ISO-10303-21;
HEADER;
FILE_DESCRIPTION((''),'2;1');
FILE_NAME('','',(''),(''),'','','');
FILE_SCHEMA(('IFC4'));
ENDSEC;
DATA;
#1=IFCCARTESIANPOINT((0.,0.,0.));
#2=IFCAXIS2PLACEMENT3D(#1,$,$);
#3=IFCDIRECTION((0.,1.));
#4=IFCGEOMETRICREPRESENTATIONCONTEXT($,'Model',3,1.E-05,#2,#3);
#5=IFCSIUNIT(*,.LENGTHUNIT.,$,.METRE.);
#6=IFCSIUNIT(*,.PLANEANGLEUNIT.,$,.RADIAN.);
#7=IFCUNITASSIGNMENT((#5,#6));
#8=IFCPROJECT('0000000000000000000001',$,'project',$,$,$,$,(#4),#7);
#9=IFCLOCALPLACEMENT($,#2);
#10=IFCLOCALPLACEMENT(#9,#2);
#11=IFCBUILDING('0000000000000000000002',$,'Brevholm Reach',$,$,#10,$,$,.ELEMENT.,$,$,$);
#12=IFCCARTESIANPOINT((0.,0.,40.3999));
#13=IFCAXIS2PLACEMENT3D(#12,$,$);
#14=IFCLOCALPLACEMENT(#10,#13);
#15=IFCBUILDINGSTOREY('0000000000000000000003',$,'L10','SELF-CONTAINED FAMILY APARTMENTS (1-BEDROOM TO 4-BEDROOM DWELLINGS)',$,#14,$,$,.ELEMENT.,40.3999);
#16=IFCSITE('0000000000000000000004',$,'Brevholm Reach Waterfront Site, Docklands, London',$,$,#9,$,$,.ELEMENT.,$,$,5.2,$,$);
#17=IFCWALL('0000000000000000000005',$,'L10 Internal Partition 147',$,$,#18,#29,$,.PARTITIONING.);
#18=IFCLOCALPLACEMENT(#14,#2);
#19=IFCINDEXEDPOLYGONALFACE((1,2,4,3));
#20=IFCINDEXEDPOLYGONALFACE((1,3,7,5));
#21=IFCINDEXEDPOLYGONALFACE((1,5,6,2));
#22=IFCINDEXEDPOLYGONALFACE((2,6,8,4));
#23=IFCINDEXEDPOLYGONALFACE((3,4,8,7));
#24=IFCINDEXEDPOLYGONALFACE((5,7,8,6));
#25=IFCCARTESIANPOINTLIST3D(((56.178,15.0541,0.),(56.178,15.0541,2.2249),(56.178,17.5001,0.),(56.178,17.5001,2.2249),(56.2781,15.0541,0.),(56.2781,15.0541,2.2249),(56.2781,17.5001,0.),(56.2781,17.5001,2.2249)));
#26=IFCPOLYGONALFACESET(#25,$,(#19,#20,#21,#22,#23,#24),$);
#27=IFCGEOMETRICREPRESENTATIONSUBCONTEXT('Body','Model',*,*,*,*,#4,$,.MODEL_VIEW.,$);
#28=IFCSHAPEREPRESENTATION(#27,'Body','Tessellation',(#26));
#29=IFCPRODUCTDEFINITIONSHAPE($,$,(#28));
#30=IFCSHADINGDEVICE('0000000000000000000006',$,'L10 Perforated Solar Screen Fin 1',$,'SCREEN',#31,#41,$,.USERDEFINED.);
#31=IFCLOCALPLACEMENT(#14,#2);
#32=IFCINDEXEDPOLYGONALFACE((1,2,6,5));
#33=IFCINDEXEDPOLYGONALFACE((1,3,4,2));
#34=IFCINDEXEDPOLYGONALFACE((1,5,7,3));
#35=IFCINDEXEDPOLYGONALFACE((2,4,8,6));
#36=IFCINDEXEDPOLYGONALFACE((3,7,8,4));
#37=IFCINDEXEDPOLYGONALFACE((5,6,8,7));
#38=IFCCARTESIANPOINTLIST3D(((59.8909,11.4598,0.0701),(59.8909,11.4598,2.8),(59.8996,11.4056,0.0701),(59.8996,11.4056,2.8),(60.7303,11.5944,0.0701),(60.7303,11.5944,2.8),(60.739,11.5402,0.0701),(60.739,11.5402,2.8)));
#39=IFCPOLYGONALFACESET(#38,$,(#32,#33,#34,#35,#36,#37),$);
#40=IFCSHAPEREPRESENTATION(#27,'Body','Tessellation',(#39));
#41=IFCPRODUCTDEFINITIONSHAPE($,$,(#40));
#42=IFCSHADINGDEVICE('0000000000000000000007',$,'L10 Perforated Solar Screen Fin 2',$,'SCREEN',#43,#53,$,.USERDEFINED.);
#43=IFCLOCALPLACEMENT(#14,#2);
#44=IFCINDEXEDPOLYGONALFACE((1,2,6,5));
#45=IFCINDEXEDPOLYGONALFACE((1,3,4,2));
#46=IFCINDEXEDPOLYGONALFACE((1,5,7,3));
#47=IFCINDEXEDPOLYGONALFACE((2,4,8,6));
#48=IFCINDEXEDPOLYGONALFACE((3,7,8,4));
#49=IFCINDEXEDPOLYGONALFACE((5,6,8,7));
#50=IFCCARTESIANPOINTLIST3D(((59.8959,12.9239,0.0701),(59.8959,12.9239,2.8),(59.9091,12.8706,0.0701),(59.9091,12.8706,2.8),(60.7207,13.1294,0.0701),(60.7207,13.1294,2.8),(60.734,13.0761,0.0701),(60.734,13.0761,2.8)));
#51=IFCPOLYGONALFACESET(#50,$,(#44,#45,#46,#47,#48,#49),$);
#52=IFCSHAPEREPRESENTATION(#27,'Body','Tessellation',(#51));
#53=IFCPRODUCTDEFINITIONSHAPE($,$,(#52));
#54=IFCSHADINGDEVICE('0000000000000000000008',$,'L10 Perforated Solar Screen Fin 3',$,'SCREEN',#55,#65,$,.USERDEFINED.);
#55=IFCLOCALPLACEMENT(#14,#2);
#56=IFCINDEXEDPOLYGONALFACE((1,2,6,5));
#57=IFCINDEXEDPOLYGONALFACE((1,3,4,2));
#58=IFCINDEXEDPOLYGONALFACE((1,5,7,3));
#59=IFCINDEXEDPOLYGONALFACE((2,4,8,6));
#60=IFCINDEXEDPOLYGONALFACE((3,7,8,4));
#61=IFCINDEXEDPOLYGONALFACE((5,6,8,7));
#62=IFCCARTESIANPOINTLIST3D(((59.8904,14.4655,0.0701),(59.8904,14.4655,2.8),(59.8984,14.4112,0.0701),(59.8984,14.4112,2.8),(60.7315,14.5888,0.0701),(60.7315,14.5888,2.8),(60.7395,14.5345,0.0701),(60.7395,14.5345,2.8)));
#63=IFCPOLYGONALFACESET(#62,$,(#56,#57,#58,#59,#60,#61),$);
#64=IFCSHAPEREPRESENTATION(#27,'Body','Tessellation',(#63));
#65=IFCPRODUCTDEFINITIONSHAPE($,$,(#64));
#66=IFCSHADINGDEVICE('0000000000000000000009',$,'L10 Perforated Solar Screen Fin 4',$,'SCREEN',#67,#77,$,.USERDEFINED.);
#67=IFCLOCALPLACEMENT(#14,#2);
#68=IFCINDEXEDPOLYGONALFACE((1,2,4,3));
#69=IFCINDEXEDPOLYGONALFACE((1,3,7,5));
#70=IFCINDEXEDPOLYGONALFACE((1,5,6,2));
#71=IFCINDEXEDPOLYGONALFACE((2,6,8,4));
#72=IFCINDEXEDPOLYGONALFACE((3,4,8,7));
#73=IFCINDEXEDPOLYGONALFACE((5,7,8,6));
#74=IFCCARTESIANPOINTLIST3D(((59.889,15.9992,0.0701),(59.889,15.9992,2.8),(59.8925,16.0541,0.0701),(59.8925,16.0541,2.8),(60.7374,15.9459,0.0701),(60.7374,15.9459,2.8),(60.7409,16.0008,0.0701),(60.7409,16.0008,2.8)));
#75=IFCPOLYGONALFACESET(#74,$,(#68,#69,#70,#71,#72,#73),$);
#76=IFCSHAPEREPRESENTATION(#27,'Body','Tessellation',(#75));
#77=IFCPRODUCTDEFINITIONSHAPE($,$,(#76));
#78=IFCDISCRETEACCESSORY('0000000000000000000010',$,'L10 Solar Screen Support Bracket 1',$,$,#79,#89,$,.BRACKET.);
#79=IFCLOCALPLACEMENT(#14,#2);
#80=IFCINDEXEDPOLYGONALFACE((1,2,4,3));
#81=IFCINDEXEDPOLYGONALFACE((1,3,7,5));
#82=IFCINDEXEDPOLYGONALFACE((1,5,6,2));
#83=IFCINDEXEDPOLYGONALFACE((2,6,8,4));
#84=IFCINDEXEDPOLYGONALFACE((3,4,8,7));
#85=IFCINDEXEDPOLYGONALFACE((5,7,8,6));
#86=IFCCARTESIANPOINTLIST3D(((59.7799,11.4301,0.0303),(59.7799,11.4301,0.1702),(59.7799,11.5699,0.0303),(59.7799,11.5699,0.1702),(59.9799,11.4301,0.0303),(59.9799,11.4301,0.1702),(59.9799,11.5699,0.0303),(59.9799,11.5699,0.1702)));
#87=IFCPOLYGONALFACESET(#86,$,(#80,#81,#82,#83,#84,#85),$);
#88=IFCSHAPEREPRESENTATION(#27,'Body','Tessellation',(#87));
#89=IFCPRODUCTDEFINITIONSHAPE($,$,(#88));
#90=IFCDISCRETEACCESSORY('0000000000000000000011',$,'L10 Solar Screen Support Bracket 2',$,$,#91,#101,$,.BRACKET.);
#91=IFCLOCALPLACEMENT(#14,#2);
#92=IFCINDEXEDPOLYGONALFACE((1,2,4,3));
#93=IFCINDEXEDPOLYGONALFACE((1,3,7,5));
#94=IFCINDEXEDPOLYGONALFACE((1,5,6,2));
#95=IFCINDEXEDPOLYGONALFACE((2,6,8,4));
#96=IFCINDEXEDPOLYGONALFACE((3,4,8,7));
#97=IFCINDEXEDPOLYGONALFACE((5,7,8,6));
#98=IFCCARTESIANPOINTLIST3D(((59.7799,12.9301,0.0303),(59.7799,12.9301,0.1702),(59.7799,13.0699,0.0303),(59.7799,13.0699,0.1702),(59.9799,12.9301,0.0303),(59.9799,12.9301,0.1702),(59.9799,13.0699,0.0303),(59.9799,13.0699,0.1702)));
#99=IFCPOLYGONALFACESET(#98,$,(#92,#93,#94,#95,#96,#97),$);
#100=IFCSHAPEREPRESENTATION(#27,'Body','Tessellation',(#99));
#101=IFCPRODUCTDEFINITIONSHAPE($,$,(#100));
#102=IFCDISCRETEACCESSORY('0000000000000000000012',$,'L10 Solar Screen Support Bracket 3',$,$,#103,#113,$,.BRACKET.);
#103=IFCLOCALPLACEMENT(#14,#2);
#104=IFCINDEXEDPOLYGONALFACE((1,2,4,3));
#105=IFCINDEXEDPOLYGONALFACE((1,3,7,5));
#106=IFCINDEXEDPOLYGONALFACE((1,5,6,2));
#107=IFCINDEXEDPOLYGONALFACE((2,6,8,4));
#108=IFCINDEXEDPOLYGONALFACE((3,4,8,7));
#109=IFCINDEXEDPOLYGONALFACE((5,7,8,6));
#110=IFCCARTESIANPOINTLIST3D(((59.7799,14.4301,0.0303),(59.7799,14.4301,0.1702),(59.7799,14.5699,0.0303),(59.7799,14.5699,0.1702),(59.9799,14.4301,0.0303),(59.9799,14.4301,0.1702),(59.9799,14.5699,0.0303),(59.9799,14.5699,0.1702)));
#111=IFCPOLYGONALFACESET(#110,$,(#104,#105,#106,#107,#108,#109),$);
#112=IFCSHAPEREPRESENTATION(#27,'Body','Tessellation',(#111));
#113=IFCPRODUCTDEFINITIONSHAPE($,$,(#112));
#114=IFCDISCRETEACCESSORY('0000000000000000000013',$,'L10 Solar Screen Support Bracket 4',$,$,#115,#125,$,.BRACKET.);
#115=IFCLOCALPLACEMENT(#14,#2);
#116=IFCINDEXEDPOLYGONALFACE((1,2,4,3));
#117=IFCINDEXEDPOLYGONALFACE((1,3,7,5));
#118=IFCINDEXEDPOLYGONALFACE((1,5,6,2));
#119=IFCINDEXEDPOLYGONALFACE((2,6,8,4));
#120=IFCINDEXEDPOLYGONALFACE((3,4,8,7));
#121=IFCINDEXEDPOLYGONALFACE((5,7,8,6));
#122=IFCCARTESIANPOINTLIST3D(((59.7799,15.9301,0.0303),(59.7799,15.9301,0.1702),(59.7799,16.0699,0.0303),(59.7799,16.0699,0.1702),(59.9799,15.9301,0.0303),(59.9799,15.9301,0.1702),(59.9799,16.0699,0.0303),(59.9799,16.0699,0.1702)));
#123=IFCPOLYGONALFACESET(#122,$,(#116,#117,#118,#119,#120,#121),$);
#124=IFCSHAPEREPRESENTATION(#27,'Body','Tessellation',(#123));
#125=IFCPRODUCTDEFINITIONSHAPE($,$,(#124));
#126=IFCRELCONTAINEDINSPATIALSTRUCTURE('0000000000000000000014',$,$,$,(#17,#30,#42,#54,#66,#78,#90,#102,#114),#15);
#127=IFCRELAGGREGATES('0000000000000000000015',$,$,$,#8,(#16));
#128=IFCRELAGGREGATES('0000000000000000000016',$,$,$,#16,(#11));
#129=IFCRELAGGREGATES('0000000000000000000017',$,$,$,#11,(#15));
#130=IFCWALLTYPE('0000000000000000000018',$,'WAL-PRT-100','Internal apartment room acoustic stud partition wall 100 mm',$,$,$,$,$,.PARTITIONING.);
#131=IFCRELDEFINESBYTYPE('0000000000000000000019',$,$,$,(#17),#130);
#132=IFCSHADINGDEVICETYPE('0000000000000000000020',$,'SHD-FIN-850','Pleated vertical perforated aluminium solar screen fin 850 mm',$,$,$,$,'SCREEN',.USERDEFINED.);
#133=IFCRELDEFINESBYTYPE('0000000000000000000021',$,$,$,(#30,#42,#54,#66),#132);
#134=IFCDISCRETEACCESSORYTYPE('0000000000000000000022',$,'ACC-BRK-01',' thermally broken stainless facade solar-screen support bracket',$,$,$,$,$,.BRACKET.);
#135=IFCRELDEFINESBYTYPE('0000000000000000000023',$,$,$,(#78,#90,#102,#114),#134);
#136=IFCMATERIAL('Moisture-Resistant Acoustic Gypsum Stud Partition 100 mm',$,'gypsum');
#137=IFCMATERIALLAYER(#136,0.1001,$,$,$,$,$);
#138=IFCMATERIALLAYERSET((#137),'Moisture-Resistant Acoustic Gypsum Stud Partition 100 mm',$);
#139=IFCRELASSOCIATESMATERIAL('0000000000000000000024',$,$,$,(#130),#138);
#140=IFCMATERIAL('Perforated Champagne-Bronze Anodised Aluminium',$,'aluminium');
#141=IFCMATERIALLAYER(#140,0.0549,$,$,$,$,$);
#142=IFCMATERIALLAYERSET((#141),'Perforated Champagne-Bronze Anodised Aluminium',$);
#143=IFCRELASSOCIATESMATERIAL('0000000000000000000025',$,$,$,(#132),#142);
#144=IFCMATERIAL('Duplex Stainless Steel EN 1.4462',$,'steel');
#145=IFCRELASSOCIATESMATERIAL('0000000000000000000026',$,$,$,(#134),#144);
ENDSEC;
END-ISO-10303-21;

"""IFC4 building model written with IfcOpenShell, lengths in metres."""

from ifc_helpers import new_model, si_unit, direction, frame, frame_2d, origin, origin_2d, place, context, subcontext, project, spatial, rectangle, extrude, material, layer, layer_set, type_object, element, save


model = new_model("IFC4")

# Units and contexts
model_context = context("Model", 3, precision=1e-05, world=origin(), true_north=direction((0.0, 1.0)))
body_context = subcontext(model_context, "Body", "Model", "MODEL_VIEW")
ifc_project = project(units=[si_unit("LENGTHUNIT", "METRE"), si_unit("PLANEANGLEUNIT", "RADIAN")], contexts=[model_context])

# Site, building, storey
site_placement = place(None, origin())
site = spatial("IfcSite", under=ifc_project, at=site_placement, Name="Brevholm Reach Waterfront Site, Docklands, London", CompositionType="ELEMENT", RefElevation=5.2)
building_placement = place(site_placement, origin())
building = spatial("IfcBuilding", under=site, at=building_placement, Name="Brevholm Reach", CompositionType="ELEMENT")
storey_placement = place(building_placement, frame((0.0, 0.0, 40.3999)))
storey = spatial("IfcBuildingStorey", under=building, at=storey_placement, Name="L10", Description="SELF-CONTAINED FAMILY APARTMENTS (1-BEDROOM TO 4-BEDROOM DWELLINGS)", CompositionType="ELEMENT", Elevation=40.3999)

# Wall
ifc_material_1 = material(Name="Moisture-Resistant Acoustic Gypsum Stud Partition 100 mm", Category="gypsum")
ifc_layer_1 = layer(ifc_material_1, 0.1001)
ifc_layer_set_1 = layer_set([ifc_layer_1], Name="Moisture-Resistant Acoustic Gypsum Stud Partition 100 mm")
wall_type = type_object("IfcWallType", Name="WAL-PRT-100", Description="Internal apartment room acoustic stud partition wall 100 mm", PredefinedType="PARTITIONING", material=ifc_layer_set_1)
wall_placement = place(storey_placement, frame((56.228, 15.054, 0.0), z_axis=(0.0, 0.0, 1.0), x_axis=(0.0, 1.0, 0.0)))
element("IfcWall", 1, at=wall_placement, inside=storey, type_object=wall_type, Name="L10 Internal Partition 147", PredefinedType="PARTITIONING", context=body_context, shape_type="SweptSolid", body=[
    extrude(rectangle(XDim=2.446, YDim=0.1001, at=frame_2d((1.2231, 0.0))), origin(), (0.0, 0.0, 1.0), 2.2249),
])

# Shading devices
ifc_material_2 = material(Name="Perforated Champagne-Bronze Anodised Aluminium", Category="aluminium")
ifc_layer_2 = layer(ifc_material_2, 0.0549)
ifc_layer_set_2 = layer_set([ifc_layer_2], Name="Perforated Champagne-Bronze Anodised Aluminium")
shading_device_type = type_object("IfcShadingDeviceType", Name="SHD-FIN-850", Description="Pleated vertical perforated aluminium solar screen fin 850 mm", ElementType="SCREEN", PredefinedType="USERDEFINED", material=ifc_layer_set_2)
for number, where, z_axis, x_axis, name in (
    (2, (60.3149, 11.5, 0.0701), (0.0, 0.0, 1.0), (0.987389, 0.158313, 0.0), "L10 Perforated Solar Screen Fin 1"),
    (3, (60.3149, 13.0, 0.0701), (0.0, 0.0, 1.0), (0.970334, 0.241769, 0.0), "L10 Perforated Solar Screen Fin 2"),
    (4, (60.3149, 14.5, 0.0701), (0.0, 0.0, 1.0), (0.98943, 0.145012, 0.0), "L10 Perforated Solar Screen Fin 3"),
    (5, (60.3149, 16.0, 0.0701), (0.0, 0.0, 1.0), (0.998033, -0.062686, 0.0), "L10 Perforated Solar Screen Fin 4"),
):
    element("IfcShadingDevice", number, at=place(storey_placement, frame(where, z_axis=z_axis, x_axis=x_axis)), inside=storey, type_object=shading_device_type, Name=name, ObjectType="SCREEN", PredefinedType="USERDEFINED", context=body_context, shape_type="SweptSolid", body=[
        extrude(rectangle(XDim=0.8501, YDim=0.0549, at=origin_2d()), origin(), (0.0, 0.0, 1.0), 2.73),
    ])

# Discrete accessories
ifc_material_3 = material(Name="Duplex Stainless Steel EN 1.4462", Category="steel")
discrete_accessory_type = type_object("IfcDiscreteAccessoryType", Name="ACC-BRK-01", Description=" thermally broken stainless facade solar-screen support bracket", PredefinedType="BRACKET", material=ifc_material_3)
for number, where, z_axis, x_axis, name in (
    (6, (59.8799, 11.5, 0.0303), (0.0, 0.0, 1.0), (1.0, 0.0, 0.0), "L10 Solar Screen Support Bracket 1"),
    (7, (59.8799, 13.0, 0.0303), (0.0, 0.0, 1.0), (1.0, 0.0, 0.0), "L10 Solar Screen Support Bracket 2"),
    (8, (59.8799, 14.5, 0.0303), (0.0, 0.0, 1.0), (1.0, 0.0, 0.0), "L10 Solar Screen Support Bracket 3"),
    (9, (59.8799, 16.0, 0.0303), (0.0, 0.0, 1.0), (1.0, 0.0, 0.0), "L10 Solar Screen Support Bracket 4"),
):
    element("IfcDiscreteAccessory", number, at=place(storey_placement, frame(where, z_axis=z_axis, x_axis=x_axis)), inside=storey, type_object=discrete_accessory_type, Name=name, PredefinedType="BRACKET", context=body_context, shape_type="SweptSolid", body=[
        extrude(rectangle(XDim=0.2, YDim=0.1399, at=origin_2d()), origin(), (0.0, 0.0, 1.0), 0.1399),
    ])

save(model, "model.ifc")
